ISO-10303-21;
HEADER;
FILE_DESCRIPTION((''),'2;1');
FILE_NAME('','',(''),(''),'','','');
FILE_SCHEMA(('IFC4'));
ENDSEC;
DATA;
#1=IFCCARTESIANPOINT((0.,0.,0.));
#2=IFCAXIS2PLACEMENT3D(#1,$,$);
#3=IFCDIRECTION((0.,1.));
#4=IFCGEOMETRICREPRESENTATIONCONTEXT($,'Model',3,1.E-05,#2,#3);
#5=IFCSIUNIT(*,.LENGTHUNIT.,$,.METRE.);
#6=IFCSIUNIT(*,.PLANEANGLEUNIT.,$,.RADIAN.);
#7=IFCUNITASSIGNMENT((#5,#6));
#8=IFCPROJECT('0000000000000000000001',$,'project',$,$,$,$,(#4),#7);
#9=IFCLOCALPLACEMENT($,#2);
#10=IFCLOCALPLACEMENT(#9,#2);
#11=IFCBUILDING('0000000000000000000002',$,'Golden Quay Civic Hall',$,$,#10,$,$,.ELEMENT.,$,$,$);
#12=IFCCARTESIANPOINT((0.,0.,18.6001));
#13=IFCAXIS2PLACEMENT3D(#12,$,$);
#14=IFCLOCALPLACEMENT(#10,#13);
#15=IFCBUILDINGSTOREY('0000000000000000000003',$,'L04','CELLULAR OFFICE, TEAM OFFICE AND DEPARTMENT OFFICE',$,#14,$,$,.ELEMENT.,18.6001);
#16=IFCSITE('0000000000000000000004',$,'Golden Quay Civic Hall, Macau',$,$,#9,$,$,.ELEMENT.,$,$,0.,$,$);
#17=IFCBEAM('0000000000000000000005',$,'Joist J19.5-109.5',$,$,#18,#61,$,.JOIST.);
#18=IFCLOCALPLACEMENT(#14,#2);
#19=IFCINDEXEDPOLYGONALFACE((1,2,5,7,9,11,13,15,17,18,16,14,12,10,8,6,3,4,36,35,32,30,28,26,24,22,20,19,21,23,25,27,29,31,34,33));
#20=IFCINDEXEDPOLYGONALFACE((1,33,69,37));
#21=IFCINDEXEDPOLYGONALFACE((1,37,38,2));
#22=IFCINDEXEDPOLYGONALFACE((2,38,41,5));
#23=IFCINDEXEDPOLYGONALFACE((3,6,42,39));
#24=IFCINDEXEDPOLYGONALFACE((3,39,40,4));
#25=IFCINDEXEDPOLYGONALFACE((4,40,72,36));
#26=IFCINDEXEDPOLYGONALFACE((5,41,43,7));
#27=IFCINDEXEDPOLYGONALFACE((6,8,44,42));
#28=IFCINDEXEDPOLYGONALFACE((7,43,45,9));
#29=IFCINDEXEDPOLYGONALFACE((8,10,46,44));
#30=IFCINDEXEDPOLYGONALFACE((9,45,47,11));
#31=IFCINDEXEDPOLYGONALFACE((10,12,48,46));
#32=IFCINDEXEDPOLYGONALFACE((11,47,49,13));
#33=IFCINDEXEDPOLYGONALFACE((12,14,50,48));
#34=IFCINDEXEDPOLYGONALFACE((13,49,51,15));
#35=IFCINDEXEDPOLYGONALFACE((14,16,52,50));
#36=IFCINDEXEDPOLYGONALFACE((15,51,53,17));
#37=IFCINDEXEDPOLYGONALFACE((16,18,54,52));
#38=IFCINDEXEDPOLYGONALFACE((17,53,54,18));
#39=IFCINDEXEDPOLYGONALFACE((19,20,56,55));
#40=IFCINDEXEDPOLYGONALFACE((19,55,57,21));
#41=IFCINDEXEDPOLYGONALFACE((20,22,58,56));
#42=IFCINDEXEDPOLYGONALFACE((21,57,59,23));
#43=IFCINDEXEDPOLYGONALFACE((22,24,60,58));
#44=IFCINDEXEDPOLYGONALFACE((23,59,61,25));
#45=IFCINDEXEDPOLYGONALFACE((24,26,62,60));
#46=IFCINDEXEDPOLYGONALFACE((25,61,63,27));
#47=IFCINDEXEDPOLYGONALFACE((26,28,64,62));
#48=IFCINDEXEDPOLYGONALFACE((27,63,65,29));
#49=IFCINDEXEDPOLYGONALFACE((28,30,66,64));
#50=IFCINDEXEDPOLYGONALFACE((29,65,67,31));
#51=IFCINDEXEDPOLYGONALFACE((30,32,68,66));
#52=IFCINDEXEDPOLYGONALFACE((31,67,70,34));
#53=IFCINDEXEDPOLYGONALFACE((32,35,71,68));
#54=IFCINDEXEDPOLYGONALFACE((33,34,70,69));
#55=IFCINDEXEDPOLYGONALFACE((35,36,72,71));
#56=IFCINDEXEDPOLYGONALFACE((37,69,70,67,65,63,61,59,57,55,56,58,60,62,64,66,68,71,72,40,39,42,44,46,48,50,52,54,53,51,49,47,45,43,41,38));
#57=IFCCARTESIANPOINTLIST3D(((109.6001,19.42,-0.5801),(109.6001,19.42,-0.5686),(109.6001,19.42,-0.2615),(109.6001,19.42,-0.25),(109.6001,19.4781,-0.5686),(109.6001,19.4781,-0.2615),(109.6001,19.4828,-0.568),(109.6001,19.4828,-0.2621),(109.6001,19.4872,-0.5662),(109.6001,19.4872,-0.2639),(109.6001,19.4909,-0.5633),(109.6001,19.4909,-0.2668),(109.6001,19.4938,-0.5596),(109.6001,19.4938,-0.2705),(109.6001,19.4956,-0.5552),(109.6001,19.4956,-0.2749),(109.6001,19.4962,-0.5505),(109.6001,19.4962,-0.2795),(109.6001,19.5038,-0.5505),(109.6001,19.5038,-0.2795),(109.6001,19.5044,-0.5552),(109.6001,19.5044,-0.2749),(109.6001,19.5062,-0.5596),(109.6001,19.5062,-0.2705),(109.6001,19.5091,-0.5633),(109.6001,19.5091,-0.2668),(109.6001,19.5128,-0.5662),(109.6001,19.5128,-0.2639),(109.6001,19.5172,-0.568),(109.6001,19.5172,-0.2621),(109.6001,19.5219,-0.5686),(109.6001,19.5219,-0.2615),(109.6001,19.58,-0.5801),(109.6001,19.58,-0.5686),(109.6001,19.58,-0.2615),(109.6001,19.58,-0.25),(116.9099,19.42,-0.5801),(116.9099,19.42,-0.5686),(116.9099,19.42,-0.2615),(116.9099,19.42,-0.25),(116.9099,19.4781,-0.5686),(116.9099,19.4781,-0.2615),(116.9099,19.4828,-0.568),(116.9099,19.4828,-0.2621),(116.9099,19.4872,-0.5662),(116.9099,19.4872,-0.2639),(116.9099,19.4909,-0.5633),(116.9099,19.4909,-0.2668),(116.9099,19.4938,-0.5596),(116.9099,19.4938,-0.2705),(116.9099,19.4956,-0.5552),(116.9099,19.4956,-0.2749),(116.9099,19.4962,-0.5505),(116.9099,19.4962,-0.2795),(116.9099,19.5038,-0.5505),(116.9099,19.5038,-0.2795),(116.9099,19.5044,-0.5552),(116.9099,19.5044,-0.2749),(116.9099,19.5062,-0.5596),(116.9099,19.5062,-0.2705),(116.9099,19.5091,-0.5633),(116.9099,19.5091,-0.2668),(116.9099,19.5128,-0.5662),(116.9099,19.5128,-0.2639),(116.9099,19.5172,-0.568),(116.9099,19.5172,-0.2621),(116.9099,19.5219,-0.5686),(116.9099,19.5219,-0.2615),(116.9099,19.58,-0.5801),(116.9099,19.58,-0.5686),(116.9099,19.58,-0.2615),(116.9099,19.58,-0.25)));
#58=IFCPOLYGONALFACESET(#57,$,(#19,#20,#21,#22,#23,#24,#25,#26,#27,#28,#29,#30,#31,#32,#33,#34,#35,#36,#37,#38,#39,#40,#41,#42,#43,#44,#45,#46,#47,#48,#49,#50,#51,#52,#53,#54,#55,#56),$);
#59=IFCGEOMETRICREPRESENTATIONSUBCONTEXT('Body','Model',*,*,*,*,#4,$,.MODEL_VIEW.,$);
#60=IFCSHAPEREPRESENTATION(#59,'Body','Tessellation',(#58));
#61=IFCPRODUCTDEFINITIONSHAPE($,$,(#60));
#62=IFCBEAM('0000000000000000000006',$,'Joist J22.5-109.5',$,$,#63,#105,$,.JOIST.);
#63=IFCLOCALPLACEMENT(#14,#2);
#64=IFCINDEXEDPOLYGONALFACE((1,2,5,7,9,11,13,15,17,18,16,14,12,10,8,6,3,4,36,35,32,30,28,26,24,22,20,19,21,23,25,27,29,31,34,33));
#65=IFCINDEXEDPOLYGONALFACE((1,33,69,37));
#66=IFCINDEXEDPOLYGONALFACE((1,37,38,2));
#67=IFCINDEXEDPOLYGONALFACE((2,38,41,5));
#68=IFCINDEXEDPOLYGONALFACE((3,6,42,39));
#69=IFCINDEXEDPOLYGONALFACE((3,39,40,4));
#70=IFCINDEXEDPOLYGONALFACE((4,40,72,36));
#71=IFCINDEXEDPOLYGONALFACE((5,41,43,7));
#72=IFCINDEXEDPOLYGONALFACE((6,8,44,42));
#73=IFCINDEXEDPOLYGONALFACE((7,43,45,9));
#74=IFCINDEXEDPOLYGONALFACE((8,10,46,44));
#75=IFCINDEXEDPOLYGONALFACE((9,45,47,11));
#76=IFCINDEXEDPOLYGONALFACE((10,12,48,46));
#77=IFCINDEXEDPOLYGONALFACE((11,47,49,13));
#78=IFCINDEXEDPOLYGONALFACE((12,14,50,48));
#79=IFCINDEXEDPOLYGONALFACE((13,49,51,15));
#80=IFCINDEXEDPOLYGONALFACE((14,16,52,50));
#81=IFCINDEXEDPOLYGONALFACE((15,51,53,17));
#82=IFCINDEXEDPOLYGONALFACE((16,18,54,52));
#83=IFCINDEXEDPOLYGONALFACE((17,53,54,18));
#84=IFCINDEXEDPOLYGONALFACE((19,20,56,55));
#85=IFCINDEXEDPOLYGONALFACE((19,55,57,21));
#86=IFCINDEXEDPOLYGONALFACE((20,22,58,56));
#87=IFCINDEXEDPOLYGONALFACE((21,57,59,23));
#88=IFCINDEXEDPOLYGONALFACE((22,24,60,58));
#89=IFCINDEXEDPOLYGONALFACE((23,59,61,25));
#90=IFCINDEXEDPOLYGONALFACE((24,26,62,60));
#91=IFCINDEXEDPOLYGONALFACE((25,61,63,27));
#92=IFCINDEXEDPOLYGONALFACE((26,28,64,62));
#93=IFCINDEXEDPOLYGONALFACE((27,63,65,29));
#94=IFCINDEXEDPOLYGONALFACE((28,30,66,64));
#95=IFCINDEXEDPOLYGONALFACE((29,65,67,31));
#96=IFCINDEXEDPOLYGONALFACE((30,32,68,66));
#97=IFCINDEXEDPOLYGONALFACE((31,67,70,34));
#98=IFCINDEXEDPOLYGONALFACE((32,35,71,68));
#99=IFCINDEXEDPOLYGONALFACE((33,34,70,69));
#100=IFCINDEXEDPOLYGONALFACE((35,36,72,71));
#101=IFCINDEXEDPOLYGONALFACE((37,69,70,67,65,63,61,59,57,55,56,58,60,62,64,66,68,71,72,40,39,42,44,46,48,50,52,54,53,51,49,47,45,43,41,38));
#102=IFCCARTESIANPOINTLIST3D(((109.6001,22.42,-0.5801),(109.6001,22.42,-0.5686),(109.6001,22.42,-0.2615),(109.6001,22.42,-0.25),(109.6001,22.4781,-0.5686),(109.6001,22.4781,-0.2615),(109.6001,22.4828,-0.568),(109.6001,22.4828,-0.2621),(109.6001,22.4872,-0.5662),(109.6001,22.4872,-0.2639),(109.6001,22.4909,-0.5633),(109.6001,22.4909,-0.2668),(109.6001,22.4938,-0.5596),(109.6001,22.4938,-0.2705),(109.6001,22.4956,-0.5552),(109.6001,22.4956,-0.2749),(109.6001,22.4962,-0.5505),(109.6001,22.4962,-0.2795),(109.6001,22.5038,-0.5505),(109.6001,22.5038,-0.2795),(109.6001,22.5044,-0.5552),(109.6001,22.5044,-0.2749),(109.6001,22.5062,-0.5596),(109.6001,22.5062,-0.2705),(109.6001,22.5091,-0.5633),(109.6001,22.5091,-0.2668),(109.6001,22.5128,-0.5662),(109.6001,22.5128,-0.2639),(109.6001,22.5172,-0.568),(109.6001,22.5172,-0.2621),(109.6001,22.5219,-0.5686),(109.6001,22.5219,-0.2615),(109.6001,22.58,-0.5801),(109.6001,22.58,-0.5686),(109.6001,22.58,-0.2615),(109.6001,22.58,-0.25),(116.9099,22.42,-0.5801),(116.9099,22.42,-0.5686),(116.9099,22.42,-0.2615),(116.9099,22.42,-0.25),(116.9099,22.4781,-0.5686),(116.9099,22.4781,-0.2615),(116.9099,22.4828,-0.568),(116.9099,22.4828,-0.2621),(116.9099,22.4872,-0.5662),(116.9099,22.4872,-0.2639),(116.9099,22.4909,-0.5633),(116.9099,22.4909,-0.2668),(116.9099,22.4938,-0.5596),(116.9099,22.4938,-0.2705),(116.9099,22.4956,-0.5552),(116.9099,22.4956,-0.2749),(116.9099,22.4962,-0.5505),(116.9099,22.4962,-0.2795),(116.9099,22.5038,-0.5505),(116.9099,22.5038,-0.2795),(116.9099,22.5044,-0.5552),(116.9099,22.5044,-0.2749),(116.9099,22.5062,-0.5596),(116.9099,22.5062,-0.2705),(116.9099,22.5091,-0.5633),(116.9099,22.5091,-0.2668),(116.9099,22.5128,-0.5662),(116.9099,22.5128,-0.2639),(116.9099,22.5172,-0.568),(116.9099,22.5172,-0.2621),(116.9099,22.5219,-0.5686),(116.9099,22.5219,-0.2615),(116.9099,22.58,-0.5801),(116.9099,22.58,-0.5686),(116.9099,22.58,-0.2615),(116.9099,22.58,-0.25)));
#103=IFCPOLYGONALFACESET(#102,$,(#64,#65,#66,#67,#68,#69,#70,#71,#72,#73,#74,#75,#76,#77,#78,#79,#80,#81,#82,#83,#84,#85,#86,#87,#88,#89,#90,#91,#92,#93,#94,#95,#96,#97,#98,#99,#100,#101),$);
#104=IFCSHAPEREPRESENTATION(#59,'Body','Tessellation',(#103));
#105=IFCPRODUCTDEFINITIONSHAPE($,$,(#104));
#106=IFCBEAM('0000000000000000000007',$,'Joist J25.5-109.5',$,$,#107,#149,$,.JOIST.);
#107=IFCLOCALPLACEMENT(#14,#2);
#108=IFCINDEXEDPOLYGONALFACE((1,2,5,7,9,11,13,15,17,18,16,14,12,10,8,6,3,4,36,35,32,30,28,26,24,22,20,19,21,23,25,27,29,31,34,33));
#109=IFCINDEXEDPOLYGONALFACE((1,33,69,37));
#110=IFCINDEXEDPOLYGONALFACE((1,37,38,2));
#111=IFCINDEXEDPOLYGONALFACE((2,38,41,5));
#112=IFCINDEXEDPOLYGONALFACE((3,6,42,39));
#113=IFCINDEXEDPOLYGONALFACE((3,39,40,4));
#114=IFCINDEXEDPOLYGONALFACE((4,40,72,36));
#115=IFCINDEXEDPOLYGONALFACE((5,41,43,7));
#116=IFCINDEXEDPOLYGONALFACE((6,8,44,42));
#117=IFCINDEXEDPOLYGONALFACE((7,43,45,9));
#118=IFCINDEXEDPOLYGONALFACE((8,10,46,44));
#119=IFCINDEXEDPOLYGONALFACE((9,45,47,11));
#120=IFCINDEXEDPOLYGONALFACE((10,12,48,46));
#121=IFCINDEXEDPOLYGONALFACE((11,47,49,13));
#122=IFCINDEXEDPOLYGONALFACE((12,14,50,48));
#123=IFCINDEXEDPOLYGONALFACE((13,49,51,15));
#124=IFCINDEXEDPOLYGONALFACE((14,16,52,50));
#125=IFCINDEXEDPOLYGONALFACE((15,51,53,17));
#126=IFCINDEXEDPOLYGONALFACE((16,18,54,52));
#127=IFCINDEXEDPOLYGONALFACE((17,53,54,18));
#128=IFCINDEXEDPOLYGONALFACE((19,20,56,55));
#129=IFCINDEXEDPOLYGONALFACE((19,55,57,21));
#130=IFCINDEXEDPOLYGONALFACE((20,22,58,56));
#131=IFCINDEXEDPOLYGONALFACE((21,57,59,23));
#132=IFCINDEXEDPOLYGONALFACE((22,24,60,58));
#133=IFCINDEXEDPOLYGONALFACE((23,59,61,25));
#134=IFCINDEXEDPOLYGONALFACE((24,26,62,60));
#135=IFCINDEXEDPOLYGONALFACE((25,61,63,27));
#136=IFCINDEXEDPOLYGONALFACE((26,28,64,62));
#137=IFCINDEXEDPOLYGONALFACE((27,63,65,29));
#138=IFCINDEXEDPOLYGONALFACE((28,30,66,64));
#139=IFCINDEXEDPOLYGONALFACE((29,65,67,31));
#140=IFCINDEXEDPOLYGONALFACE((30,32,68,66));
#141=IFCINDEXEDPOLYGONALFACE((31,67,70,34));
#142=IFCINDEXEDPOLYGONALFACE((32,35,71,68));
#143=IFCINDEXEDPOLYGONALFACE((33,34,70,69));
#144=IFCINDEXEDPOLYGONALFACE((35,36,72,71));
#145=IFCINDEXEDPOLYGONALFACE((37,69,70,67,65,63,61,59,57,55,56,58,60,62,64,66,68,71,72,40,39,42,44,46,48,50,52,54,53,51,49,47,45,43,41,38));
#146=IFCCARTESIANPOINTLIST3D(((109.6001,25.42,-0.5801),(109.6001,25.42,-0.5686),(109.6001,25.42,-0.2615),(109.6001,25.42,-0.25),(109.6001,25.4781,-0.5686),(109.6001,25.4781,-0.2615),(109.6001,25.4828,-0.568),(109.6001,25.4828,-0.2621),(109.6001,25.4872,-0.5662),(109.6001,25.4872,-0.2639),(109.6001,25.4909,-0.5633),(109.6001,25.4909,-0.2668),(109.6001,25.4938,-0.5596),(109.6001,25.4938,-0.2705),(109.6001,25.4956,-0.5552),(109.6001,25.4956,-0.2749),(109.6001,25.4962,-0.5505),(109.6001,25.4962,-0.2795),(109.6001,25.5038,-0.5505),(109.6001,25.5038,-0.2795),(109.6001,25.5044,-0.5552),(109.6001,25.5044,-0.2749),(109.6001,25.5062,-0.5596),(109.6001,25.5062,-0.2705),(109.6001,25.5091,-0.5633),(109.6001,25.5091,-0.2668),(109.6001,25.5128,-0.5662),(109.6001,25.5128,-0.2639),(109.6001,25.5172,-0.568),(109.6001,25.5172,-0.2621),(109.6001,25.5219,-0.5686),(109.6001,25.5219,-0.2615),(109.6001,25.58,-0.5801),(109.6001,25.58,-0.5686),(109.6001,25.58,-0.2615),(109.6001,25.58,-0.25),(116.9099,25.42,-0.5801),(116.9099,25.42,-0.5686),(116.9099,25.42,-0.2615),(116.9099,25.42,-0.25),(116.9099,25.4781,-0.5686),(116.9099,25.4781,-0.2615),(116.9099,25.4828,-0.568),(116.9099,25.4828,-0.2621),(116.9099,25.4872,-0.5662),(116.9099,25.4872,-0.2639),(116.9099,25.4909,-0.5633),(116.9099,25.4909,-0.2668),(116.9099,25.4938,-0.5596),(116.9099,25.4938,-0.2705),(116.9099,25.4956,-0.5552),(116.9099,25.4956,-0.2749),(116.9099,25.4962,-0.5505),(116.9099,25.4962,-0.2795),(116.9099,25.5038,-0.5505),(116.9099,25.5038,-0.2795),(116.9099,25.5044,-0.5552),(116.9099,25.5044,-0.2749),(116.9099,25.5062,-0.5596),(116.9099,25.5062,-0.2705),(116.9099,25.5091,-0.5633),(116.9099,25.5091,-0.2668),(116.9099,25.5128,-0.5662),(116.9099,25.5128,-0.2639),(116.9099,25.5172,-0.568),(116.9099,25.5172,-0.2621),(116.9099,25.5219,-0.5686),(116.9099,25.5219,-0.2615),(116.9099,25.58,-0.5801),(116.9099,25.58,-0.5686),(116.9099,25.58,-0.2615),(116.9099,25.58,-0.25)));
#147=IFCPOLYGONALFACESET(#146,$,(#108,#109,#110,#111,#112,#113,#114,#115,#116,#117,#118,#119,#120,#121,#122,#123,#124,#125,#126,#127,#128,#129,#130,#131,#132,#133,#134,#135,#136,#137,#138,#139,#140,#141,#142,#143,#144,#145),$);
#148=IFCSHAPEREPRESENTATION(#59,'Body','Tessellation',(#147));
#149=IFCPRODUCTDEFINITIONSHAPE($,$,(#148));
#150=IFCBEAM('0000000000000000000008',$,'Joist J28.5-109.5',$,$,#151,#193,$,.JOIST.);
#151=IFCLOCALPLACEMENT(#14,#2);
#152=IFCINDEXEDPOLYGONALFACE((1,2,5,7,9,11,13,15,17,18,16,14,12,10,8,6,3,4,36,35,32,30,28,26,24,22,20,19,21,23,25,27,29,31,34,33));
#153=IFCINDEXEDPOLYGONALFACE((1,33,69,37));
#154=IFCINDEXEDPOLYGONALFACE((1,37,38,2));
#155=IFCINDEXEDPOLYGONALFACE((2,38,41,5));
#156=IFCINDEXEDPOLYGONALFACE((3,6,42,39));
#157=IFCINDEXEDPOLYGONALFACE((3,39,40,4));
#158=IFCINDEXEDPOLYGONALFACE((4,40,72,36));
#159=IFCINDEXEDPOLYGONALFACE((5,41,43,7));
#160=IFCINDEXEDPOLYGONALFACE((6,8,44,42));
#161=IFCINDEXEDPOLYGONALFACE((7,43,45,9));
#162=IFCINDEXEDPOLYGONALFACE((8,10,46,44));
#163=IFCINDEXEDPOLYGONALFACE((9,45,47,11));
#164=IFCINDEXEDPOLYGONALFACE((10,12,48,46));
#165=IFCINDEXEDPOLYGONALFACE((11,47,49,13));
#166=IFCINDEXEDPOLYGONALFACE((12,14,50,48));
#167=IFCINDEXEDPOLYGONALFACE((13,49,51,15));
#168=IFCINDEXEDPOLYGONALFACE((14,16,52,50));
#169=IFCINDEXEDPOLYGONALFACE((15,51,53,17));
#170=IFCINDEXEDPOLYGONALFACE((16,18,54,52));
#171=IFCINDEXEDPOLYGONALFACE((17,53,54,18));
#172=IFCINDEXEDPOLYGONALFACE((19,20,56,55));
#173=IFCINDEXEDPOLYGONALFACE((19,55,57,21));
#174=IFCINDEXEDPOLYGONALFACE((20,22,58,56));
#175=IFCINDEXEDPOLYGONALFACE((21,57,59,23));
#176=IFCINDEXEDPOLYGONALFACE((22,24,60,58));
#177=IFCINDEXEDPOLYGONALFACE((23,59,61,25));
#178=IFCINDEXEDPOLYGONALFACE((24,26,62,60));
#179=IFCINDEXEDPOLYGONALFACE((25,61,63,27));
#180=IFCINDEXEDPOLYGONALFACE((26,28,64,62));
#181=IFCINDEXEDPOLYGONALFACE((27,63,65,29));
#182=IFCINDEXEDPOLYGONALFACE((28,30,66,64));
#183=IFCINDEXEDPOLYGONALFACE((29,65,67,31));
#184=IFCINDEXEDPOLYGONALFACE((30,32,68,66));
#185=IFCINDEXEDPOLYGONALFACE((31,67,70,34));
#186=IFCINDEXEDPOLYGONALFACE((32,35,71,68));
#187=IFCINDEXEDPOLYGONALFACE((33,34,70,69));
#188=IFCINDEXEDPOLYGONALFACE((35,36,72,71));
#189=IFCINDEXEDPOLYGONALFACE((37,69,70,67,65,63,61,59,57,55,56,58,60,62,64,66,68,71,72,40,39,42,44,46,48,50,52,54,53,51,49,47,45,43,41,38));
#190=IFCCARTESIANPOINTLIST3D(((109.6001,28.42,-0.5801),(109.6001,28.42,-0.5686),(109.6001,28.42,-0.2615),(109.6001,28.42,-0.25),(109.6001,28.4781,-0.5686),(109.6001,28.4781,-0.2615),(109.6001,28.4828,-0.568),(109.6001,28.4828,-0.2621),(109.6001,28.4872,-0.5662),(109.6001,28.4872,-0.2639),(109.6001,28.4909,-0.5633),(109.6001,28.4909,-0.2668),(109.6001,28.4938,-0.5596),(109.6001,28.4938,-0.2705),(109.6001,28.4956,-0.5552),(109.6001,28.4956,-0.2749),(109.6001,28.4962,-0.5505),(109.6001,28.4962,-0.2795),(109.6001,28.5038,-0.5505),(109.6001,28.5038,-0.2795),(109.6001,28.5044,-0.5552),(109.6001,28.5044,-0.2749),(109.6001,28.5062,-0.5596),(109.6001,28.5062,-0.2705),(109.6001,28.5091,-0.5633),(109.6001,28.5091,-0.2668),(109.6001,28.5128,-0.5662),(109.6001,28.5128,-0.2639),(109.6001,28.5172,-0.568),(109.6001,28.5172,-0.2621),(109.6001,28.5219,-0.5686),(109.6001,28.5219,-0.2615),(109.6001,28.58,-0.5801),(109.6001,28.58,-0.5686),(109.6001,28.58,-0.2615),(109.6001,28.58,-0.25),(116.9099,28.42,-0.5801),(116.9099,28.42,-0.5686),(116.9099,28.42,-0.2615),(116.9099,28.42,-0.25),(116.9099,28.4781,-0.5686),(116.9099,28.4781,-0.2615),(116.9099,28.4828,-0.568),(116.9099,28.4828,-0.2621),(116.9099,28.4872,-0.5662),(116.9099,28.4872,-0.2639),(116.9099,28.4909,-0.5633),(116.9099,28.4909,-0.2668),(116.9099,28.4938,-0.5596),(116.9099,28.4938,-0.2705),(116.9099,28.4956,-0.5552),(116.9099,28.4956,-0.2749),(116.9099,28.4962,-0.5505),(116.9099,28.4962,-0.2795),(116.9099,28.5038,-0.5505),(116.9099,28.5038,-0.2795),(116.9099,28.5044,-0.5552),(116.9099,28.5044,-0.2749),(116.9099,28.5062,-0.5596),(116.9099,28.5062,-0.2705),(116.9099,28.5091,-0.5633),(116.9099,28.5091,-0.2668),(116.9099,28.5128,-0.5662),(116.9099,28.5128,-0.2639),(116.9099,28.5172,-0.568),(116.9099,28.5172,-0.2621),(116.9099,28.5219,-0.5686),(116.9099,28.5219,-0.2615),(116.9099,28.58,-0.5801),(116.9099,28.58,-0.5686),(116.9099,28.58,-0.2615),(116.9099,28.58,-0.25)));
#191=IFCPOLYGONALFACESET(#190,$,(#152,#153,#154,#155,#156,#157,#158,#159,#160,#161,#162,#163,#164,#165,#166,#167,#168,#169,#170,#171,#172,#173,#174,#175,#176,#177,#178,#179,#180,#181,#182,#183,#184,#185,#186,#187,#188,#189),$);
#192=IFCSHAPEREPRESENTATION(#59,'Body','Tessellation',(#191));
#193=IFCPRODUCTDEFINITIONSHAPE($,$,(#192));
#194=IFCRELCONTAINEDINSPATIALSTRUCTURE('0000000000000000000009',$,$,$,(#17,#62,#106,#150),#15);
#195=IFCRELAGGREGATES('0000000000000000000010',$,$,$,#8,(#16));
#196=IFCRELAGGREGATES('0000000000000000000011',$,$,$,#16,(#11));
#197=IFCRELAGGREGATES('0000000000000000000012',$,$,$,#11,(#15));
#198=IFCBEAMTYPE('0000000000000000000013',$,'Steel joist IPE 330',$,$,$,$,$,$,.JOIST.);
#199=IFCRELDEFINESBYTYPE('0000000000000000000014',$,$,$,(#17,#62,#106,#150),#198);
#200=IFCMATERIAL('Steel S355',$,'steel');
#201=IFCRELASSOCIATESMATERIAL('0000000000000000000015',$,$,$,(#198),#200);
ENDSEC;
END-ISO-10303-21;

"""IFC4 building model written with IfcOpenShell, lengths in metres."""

from ifc_helpers import new_model, si_unit, direction, frame, origin, origin_2d, place, context, subcontext, project, spatial, i_section, extrude, material, material_profile, profile_set, type_object, element, save


model = new_model("IFC4")

# Units and contexts
model_context = context("Model", 3, precision=1e-05, world=origin(), true_north=direction((0.0, 1.0)))
body_context = subcontext(model_context, "Body", "Model", "MODEL_VIEW")
ifc_project = project(units=[si_unit("LENGTHUNIT", "METRE"), si_unit("PLANEANGLEUNIT", "RADIAN")], contexts=[model_context])

# Site, building, storey
site_placement = place(None, origin())
site = spatial("IfcSite", under=ifc_project, at=site_placement, Name="Golden Quay Civic Hall, Macau", CompositionType="ELEMENT", RefElevation=0.0)
building_placement = place(site_placement, origin())
building = spatial("IfcBuilding", under=site, at=building_placement, Name="Golden Quay Civic Hall", CompositionType="ELEMENT")
storey_placement = place(building_placement, frame((0.0, 0.0, 18.6001)))
storey = spatial("IfcBuildingStorey", under=building, at=storey_placement, Name="L04", Description="CELLULAR OFFICE, TEAM OFFICE AND DEPARTMENT OFFICE", CompositionType="ELEMENT", Elevation=18.6001)

# Beams
ifc_material_1 = material(Name="Steel S355", Category="steel")
ifc_material_profile_1 = material_profile(ifc_material_1, i_section(OverallWidth=0.1599, OverallDepth=0.3301, WebThickness=0.0076, FlangeThickness=0.0115, FilletRadius=0.0181, at=origin_2d()), Name="IPE 330")
ifc_profile_set_1 = profile_set([ifc_material_profile_1], Name="Steel S355")
beam_type_1 = type_object("IfcBeamType", Name="Steel joist IPE 330", PredefinedType="JOIST", material=ifc_profile_set_1)
for number, where, z_axis, x_axis, name in (
    (1, (109.6001, 19.5, -0.415), (1.0, 0.0, 0.0), (0.0, 1.0, 0.0), "Joist J19.5-109.5"),
    (2, (109.6001, 22.5, -0.415), (1.0, 0.0, 0.0), (0.0, 1.0, 0.0), "Joist J22.5-109.5"),
    (3, (109.6001, 25.5, -0.415), (1.0, 0.0, 0.0), (0.0, 1.0, 0.0), "Joist J25.5-109.5"),
    (4, (109.6001, 28.5, -0.415), (1.0, 0.0, 0.0), (0.0, 1.0, 0.0), "Joist J28.5-109.5"),
):
    element("IfcBeam", number, at=place(storey_placement, frame(where, z_axis=z_axis, x_axis=x_axis)), inside=storey, type_object=beam_type_1, Name=name, PredefinedType="JOIST", context=body_context, shape_type="SweptSolid", body=[
        extrude(i_section(OverallWidth=0.1599, OverallDepth=0.3301, WebThickness=0.0076, FlangeThickness=0.0115, FilletRadius=0.0181, at=origin_2d()), origin(), (0.0, 0.0, 1.0), 7.3098),
    ])

save(model, "model.ifc")
